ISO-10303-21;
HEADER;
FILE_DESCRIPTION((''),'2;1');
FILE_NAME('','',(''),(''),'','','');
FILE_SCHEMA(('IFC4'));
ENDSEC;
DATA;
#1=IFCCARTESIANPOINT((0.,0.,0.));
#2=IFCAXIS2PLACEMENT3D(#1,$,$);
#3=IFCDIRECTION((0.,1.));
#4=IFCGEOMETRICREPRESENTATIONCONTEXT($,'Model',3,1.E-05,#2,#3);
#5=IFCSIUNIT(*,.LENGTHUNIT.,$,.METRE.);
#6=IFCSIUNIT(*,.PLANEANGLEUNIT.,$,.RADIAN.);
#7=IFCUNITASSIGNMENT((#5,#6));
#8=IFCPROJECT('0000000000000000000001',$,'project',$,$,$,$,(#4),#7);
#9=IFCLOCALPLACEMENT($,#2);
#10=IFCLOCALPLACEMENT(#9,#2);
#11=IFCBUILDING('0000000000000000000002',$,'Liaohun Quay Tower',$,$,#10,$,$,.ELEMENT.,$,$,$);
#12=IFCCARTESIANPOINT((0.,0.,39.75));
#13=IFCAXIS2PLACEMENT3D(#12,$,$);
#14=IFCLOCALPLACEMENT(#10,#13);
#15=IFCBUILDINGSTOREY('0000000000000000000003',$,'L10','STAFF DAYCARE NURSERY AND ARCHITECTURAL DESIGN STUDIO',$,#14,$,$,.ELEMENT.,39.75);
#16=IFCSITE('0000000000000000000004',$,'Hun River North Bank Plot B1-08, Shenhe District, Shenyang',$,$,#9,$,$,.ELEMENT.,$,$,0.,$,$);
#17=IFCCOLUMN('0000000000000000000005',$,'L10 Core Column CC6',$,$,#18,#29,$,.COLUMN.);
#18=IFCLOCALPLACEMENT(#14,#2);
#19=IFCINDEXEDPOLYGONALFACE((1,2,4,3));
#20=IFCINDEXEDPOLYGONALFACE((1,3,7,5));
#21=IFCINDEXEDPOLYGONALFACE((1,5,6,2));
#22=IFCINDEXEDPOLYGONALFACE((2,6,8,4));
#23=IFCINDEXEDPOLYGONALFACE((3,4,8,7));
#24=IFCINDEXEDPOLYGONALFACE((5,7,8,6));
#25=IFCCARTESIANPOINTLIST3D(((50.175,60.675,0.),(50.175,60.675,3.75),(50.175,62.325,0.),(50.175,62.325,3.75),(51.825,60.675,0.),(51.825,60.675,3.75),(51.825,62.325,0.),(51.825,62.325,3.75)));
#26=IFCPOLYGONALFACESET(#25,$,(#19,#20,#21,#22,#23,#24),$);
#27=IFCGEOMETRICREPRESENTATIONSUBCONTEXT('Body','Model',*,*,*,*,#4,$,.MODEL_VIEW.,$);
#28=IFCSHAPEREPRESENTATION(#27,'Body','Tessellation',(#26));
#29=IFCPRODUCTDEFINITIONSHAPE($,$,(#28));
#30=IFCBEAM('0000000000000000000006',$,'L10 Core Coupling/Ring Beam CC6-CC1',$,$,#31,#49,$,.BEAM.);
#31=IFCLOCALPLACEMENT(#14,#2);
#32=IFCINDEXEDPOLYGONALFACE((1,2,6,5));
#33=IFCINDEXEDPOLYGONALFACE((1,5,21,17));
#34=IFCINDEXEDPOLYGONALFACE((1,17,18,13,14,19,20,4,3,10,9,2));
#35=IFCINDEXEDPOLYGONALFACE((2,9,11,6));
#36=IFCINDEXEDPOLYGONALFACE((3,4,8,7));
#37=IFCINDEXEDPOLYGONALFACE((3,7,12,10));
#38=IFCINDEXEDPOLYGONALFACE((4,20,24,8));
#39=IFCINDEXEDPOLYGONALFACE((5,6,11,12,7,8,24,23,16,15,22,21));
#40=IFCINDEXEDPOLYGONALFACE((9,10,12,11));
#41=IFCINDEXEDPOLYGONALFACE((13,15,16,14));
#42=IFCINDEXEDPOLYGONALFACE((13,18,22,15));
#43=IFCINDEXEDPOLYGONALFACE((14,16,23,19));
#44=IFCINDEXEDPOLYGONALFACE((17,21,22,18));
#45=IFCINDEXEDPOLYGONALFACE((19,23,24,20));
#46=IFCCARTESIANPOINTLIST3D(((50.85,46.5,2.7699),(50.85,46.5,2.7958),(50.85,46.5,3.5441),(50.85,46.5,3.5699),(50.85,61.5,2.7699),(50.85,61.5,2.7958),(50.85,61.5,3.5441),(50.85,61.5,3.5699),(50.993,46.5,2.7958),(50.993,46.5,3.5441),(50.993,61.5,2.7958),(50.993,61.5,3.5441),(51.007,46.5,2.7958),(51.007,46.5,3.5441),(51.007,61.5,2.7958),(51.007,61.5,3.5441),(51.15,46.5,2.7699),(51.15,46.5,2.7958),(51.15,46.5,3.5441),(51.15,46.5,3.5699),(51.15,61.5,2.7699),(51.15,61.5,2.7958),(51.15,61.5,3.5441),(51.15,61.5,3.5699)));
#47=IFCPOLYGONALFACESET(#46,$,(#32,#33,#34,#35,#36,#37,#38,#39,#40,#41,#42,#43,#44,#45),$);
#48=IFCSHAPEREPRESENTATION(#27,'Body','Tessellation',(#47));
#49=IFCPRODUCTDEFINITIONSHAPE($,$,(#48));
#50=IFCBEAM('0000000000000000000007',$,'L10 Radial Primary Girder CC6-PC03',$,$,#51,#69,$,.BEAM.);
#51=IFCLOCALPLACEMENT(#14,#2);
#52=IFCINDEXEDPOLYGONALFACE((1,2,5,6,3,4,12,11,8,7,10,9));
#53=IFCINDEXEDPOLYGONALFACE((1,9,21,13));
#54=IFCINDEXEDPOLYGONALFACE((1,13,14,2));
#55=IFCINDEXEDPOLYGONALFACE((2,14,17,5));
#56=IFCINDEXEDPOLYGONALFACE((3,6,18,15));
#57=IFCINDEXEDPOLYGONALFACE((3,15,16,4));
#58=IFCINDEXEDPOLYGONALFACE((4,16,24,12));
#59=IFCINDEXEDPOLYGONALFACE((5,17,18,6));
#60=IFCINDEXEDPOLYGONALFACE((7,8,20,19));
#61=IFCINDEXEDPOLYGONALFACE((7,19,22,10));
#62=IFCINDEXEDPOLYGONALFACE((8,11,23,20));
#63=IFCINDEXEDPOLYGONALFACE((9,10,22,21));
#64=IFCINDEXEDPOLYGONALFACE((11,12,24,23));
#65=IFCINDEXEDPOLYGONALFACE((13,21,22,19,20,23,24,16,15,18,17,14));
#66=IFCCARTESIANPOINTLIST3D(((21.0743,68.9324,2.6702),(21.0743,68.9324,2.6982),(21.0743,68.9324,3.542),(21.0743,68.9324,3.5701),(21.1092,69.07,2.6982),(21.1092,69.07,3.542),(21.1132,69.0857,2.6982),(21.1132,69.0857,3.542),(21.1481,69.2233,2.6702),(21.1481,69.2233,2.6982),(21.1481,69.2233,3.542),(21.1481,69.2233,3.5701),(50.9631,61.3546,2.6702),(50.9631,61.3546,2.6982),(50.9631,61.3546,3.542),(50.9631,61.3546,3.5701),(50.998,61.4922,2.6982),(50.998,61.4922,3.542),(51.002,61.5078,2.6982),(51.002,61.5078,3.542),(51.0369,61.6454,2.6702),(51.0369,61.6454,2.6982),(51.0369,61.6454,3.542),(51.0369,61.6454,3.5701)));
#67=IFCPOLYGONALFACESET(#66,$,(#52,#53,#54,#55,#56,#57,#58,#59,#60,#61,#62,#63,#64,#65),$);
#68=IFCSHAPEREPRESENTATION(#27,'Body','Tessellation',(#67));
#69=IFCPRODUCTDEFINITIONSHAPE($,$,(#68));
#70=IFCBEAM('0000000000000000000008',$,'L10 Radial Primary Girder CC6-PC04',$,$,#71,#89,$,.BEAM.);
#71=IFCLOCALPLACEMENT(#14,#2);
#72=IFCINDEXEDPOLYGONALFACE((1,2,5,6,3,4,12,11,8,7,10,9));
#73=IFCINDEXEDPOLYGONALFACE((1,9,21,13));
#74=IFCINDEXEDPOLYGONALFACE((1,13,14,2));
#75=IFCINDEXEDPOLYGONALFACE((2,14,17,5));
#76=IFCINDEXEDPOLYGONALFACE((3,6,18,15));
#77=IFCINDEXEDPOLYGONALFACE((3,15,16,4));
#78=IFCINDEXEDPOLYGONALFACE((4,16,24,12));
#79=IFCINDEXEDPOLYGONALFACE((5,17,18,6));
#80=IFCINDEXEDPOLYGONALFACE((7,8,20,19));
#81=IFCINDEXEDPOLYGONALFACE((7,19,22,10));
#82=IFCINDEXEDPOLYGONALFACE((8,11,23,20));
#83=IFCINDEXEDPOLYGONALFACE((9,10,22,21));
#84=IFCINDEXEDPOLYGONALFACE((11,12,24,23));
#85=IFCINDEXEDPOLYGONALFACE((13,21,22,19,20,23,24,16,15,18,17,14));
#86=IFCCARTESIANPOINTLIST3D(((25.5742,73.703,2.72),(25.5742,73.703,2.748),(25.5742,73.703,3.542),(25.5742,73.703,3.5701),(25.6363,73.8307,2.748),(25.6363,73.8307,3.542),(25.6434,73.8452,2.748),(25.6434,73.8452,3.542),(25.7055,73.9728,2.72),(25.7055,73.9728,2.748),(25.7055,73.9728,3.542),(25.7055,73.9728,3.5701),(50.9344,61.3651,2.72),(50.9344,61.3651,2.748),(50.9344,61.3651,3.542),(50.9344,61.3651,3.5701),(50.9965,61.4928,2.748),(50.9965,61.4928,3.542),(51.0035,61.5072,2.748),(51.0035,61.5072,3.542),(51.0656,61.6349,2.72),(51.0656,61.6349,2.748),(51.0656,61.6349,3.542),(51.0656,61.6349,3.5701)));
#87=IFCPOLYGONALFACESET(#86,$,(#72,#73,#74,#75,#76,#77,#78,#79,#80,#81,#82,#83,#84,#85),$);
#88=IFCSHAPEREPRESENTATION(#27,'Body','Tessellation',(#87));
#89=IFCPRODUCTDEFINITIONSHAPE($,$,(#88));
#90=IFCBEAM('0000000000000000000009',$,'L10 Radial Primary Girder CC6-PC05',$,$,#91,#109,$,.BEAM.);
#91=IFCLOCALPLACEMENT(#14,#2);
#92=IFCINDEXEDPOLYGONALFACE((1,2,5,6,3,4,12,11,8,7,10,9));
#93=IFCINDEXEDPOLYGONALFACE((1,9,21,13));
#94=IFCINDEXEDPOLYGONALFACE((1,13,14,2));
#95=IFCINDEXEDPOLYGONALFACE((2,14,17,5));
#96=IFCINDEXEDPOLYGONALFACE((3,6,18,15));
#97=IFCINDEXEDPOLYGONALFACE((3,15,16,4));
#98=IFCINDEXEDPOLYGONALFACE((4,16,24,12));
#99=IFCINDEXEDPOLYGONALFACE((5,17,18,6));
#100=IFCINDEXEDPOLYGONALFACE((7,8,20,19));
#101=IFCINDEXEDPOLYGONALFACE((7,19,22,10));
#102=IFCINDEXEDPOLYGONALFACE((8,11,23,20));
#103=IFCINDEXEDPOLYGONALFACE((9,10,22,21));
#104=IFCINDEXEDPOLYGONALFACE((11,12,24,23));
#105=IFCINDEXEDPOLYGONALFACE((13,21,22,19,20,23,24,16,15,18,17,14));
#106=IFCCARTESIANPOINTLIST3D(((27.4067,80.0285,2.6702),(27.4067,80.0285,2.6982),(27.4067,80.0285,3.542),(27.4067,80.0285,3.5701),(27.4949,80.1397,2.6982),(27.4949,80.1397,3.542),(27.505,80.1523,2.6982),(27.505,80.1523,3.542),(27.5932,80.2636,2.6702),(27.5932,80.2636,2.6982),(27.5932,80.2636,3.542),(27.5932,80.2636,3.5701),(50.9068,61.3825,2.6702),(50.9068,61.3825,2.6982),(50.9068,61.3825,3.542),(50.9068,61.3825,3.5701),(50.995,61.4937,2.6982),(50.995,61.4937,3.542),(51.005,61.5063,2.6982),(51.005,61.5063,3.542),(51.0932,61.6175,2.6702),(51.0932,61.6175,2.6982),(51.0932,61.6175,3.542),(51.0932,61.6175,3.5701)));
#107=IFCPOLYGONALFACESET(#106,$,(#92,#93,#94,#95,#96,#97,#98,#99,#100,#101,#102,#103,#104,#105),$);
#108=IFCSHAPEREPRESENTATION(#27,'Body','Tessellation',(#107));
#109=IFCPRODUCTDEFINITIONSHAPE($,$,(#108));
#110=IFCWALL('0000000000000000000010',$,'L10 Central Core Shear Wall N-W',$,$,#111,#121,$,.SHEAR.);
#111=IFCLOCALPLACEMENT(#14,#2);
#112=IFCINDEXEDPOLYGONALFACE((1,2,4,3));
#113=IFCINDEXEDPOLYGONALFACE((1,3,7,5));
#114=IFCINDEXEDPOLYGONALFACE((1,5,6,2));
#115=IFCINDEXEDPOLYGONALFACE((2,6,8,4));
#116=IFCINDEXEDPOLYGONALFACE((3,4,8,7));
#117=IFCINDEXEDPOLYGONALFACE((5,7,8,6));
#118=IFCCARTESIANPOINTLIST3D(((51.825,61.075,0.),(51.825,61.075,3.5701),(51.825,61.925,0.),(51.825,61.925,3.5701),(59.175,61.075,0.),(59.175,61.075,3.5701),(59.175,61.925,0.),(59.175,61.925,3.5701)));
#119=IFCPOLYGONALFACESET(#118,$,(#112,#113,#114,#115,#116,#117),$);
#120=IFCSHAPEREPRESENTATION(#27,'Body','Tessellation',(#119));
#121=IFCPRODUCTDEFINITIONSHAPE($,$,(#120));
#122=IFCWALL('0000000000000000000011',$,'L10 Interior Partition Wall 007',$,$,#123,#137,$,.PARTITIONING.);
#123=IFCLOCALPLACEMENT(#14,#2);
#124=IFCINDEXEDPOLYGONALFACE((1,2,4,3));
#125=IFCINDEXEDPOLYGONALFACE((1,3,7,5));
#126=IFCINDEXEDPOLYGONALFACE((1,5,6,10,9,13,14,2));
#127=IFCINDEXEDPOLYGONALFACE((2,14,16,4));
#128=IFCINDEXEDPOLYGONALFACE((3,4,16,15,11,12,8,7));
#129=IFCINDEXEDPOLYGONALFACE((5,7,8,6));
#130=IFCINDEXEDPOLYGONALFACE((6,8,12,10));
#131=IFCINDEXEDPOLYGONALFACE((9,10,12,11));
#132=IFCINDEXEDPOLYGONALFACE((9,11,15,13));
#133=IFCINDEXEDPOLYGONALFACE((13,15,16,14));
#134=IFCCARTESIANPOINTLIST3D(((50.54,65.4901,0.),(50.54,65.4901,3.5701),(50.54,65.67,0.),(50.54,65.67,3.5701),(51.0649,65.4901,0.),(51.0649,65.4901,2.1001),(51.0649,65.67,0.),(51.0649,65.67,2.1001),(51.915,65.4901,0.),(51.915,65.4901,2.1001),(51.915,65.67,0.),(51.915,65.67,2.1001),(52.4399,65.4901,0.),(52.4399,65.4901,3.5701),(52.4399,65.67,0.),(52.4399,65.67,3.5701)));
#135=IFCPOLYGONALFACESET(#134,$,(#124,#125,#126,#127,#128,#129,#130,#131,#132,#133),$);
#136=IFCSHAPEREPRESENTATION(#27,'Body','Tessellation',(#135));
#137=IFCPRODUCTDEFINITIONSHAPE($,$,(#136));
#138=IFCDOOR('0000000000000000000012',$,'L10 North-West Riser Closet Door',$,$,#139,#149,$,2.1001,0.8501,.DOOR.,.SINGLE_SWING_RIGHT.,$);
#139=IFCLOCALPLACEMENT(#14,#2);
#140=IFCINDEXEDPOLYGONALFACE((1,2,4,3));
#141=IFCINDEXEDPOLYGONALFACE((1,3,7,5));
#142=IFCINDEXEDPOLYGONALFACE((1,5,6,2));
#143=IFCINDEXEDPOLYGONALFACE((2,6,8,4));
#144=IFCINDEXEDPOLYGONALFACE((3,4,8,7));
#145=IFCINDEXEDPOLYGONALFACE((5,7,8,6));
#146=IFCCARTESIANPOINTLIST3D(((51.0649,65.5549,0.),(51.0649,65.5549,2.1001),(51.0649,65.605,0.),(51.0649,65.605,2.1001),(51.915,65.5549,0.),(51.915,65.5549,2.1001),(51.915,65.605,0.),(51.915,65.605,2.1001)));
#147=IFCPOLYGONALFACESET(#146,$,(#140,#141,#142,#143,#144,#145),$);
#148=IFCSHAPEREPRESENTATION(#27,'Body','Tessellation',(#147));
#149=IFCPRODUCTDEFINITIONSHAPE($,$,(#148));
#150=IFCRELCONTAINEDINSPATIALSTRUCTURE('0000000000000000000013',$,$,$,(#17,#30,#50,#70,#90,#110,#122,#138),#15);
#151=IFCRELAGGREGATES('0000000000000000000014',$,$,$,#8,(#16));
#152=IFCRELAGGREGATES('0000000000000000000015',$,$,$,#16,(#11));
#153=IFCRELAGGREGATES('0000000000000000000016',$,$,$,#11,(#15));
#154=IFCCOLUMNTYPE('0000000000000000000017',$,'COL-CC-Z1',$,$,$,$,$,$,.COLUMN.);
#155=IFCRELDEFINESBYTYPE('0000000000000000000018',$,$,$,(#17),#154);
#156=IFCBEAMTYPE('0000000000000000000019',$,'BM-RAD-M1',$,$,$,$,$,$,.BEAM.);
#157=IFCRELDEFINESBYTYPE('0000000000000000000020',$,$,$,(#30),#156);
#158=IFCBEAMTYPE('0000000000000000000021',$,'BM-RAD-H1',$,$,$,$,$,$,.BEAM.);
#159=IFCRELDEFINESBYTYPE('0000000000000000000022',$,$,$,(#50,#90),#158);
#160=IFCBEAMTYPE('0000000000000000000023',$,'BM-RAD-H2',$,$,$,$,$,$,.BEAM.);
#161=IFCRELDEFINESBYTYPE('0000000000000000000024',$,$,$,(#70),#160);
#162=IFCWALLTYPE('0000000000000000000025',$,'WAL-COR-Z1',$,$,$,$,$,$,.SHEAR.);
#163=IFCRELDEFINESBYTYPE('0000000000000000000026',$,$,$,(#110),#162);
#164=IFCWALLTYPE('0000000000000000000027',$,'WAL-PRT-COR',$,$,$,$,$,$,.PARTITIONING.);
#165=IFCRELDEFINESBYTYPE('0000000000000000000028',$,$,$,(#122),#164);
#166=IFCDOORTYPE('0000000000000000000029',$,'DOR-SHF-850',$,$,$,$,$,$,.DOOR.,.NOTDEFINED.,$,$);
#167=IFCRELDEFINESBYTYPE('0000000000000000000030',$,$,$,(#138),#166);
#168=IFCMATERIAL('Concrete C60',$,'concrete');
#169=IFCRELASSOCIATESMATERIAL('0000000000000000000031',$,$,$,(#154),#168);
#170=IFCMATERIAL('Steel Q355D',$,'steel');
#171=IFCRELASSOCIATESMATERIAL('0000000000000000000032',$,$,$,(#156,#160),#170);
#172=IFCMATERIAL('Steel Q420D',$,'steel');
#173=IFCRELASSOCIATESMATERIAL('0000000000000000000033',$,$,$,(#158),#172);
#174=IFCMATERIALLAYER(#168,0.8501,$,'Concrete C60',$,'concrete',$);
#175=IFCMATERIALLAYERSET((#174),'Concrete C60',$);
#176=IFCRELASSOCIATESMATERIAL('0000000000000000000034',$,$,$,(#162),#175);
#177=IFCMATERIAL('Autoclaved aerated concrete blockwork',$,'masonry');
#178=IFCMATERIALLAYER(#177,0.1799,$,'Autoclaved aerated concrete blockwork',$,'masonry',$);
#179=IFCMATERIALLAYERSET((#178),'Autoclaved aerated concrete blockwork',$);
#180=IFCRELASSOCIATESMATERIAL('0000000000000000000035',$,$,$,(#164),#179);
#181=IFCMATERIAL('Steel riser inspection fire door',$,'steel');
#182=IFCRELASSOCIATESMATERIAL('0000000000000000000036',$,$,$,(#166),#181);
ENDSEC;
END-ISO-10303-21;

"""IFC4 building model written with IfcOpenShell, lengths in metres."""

from ifc_helpers import new_model, si_unit, direction, frame, frame_2d, origin, origin_2d, place, context, subcontext, project, spatial, rectangle, i_section, extrude, source, transform, mapped, material, layer, layer_set, material_profile, profile_set, type_object, element, fill, save


model = new_model("IFC4")

# Units and contexts
model_context = context("Model", 3, precision=1e-05, world=origin(), true_north=direction((0.0, 1.0)))
body_context = subcontext(model_context, "Body", "Model", "MODEL_VIEW")
ifc_project = project(units=[si_unit("LENGTHUNIT", "METRE"), si_unit("PLANEANGLEUNIT", "RADIAN")], contexts=[model_context])

# Site, building, storey
site_placement = place(None, origin())
site = spatial("IfcSite", under=ifc_project, at=site_placement, Name="Hun River North Bank Plot B1-08, Shenhe District, Shenyang", CompositionType="ELEMENT", RefElevation=0.0)
building_placement = place(site_placement, origin())
building = spatial("IfcBuilding", under=site, at=building_placement, Name="Liaohun Quay Tower", CompositionType="ELEMENT")
storey_placement = place(building_placement, frame((0.0, 0.0, 39.75)))
storey = spatial("IfcBuildingStorey", under=building, at=storey_placement, Name="L10", Description="STAFF DAYCARE NURSERY AND ARCHITECTURAL DESIGN STUDIO", CompositionType="ELEMENT", Elevation=39.75)

# Column
ifc_material_1 = material(Name="Concrete C60", Category="concrete")
ifc_material_profile_1 = material_profile(ifc_material_1, rectangle(XDim=1.6499, YDim=1.6499, at=origin_2d()), Name="RC1650x1650")
ifc_profile_set_1 = profile_set([ifc_material_profile_1], Name="Concrete C60")
column_type = type_object("IfcColumnType", Name="COL-CC-Z1", PredefinedType="COLUMN", material=ifc_profile_set_1)
shared_shape_1 = source(origin(), body_context, "Body", "SweptSolid", [
    extrude(rectangle(XDim=1.6499, YDim=1.6499, at=origin_2d()), origin(), (0.0, 0.0, 1.0), 3.75),
])
column_placement = place(storey_placement, frame((51.0, 61.5, 0.0), z_axis=(0.0, 0.0, 1.0), x_axis=(1.0, 0.0, 0.0)))
element("IfcColumn", 1, at=column_placement, inside=storey, type_object=column_type, Name="L10 Core Column CC6", PredefinedType="COLUMN", context=body_context, shape_type="MappedRepresentation", body=[
    mapped(shared_shape_1, transform((0.0, 0.0, 0.0), x_axis=(1.0, 0.0, 0.0), y_axis=(0.0, 1.0, 0.0), z_axis=(0.0, 0.0, 1.0), scale=1.0)),
])

# Beams
ifc_material_2 = material(Name="Steel Q355D", Category="steel")
ifc_material_profile_2 = material_profile(ifc_material_2, i_section(OverallWidth=0.3, OverallDepth=0.8, WebThickness=0.0139, FlangeThickness=0.0259, at=origin_2d()), Name="HN800x300x14x26")
ifc_profile_set_2 = profile_set([ifc_material_profile_2], Name="Steel Q355D")
beam_type_1 = type_object("IfcBeamType", Name="BM-RAD-M1", PredefinedType="BEAM", material=ifc_profile_set_2)
shared_shape_2 = source(origin(), body_context, "Body", "SweptSolid", [
    extrude(i_section(OverallWidth=0.3, OverallDepth=0.8, WebThickness=0.0139, FlangeThickness=0.0259, at=origin_2d()), origin(), (0.0, 0.0, 1.0), 15.0),
])
beam_1_placement = place(storey_placement, frame((51.0, 61.5, 3.1699), z_axis=(0.0, -1.0, 0.0), x_axis=(1.0, 0.0, 0.0)))
element("IfcBeam", 2, at=beam_1_placement, inside=storey, type_object=beam_type_1, Name="L10 Core Coupling/Ring Beam CC6-CC1", PredefinedType="BEAM", context=body_context, shape_type="MappedRepresentation", body=[
    mapped(shared_shape_2, transform((0.0, 0.0, 0.0), x_axis=(1.0, 0.0, 0.0), y_axis=(0.0, 1.0, 0.0), z_axis=(0.0, 0.0, 1.0), scale=1.0)),
])
ifc_material_3 = material(Name="Steel Q420D", Category="steel")
ifc_material_profile_3 = material_profile(ifc_material_3, i_section(OverallWidth=0.3, OverallDepth=0.8999, WebThickness=0.0161, FlangeThickness=0.0281, at=origin_2d()), Name="HN900x300x16x28")
ifc_profile_set_3 = profile_set([ifc_material_profile_3], Name="Steel Q420D")
beam_type_2 = type_object("IfcBeamType", Name="BM-RAD-H1", PredefinedType="BEAM", material=ifc_profile_set_3)
shared_shape_3 = source(origin(), body_context, "Body", "SweptSolid", [
    extrude(i_section(OverallWidth=0.3, OverallDepth=0.8999, WebThickness=0.0161, FlangeThickness=0.0281, at=origin_2d()), origin(), (0.0, 0.0, 1.0), 30.8345),
])
beam_2_placement = place(storey_placement, frame((51.0, 61.5, 3.1201), z_axis=(-0.969331, 0.245759, 0.0), x_axis=(-0.245759, -0.969331, 0.0)))
element("IfcBeam", 3, at=beam_2_placement, inside=storey, type_object=beam_type_2, Name="L10 Radial Primary Girder CC6-PC03", PredefinedType="BEAM", context=body_context, shape_type="MappedRepresentation", body=[
    mapped(shared_shape_3, transform((0.0, 0.0, 0.0), x_axis=(1.0, 0.0, 0.0), y_axis=(0.0, 1.0, 0.0), z_axis=(0.0, 0.0, 1.0), scale=1.0)),
])
ifc_material_profile_4 = material_profile(ifc_material_2, i_section(OverallWidth=0.3, OverallDepth=0.8501, WebThickness=0.0161, FlangeThickness=0.0281, at=origin_2d()), Name="HN850x300x16x28")
ifc_profile_set_4 = profile_set([ifc_material_profile_4], Name="Steel Q355D")
beam_type_3 = type_object("IfcBeamType", Name="BM-RAD-H2", PredefinedType="BEAM", material=ifc_profile_set_4)
shared_shape_4 = source(origin(), body_context, "Body", "SweptSolid", [
    extrude(i_section(OverallWidth=0.3, OverallDepth=0.8501, WebThickness=0.0161, FlangeThickness=0.0281, at=origin_2d()), origin(), (0.0, 0.0, 1.0), 28.2021),
])
beam_3_placement = place(storey_placement, frame((51.0, 61.5, 3.145), z_axis=(-0.899228, 0.437481, 0.0), x_axis=(-0.437481, -0.899228, 0.0)))
element("IfcBeam", 4, at=beam_3_placement, inside=storey, type_object=beam_type_3, Name="L10 Radial Primary Girder CC6-PC04", PredefinedType="BEAM", context=body_context, shape_type="MappedRepresentation", body=[
    mapped(shared_shape_4, transform((0.0, 0.0, 0.0), x_axis=(1.0, 0.0, 0.0), y_axis=(0.0, 1.0, 0.0), z_axis=(0.0, 0.0, 1.0), scale=1.0)),
])
shared_shape_5 = source(origin(), body_context, "Body", "SweptSolid", [
    extrude(i_section(OverallWidth=0.3, OverallDepth=0.8999, WebThickness=0.0161, FlangeThickness=0.0281, at=origin_2d()), origin(), (0.0, 0.0, 1.0), 29.9988),
])
beam_4_placement = place(storey_placement, frame((51.0, 61.5, 3.1201), z_axis=(-0.783367, 0.62156, 0.0), x_axis=(-0.62156, -0.783367, 0.0)))
element("IfcBeam", 5, at=beam_4_placement, inside=storey, type_object=beam_type_2, Name="L10 Radial Primary Girder CC6-PC05", PredefinedType="BEAM", context=body_context, shape_type="MappedRepresentation", body=[
    mapped(shared_shape_5, transform((0.0, 0.0, 0.0), x_axis=(1.0, 0.0, 0.0), y_axis=(0.0, 1.0, 0.0), z_axis=(0.0, 0.0, 1.0), scale=1.0)),
])

# Wall
ifc_layer_1 = layer(ifc_material_1, 0.8501, Name="Concrete C60", Category="concrete")
ifc_layer_set_1 = layer_set([ifc_layer_1], Name="Concrete C60")
wall_type_1 = type_object("IfcWallType", Name="WAL-COR-Z1", PredefinedType="SHEAR", material=ifc_layer_set_1)
wall_1_placement = place(storey_placement, frame((51.825, 61.5, 0.0), z_axis=(0.0, 0.0, 1.0), x_axis=(1.0, 0.0, 0.0)))
element("IfcWall", 6, at=wall_1_placement, inside=storey, type_object=wall_type_1, Name="L10 Central Core Shear Wall N-W", PredefinedType="SHEAR", context=body_context, shape_type="SweptSolid", body=[
    extrude(rectangle(XDim=7.3501, YDim=0.8501, at=frame_2d((3.675, 0.0))), origin(), (0.0, 0.0, 1.0), 3.5701),
])

# Wall, opening, door
ifc_material_4 = material(Name="Autoclaved aerated concrete blockwork", Category="masonry")
ifc_layer_2 = layer(ifc_material_4, 0.1799, Name="Autoclaved aerated concrete blockwork", Category="masonry")
ifc_layer_set_2 = layer_set([ifc_layer_2], Name="Autoclaved aerated concrete blockwork")
wall_type_2 = type_object("IfcWallType", Name="WAL-PRT-COR", PredefinedType="PARTITIONING", material=ifc_layer_set_2)
wall_2_placement = place(storey_placement, frame((50.54, 65.5801, 0.0), z_axis=(0.0, 0.0, 1.0), x_axis=(1.0, 0.0, 0.0)))
wall_2 = element("IfcWall", 7, at=wall_2_placement, inside=storey, type_object=wall_type_2, Name="L10 Interior Partition Wall 007", PredefinedType="PARTITIONING", context=body_context, shape_type="SweptSolid", body=[
    extrude(rectangle(XDim=1.8999, YDim=0.1799, at=frame_2d((0.95, 0.0))), origin(), (0.0, 0.0, 1.0), 3.5701),
])
shared_shape_6 = source(origin(), body_context, "Body", "SweptSolid", [
    extrude(rectangle(XDim=0.8501, YDim=2.1001, at=frame_2d((0.425, 1.05))), frame((0.0, 0.0999, 0.0), z_axis=(0.0, -1.0, 0.0), x_axis=(1.0, 0.0, 0.0)), (0.0, 0.0, 1.0), 0.2),
])
opening_1_placement = place(wall_2_placement, frame((0.5249, 0.0, 0.0)))
opening_1 = element("IfcOpeningElement", 8, at=opening_1_placement, cuts=wall_2, PredefinedType="OPENING", context=body_context, shape_type="MappedRepresentation", body=[
    mapped(shared_shape_6, transform((0.0, 0.0, 0.0), x_axis=(1.0, 0.0, 0.0), y_axis=(0.0, 1.0, 0.0), z_axis=(0.0, 0.0, 1.0), scale=1.0)),
])
ifc_material_5 = material(Name="Steel riser inspection fire door", Category="steel")
door_type_1 = type_object("IfcDoorType", Name="DOR-SHF-850", OperationType="NOTDEFINED", PredefinedType="DOOR", material=ifc_material_5)
shared_shape_7 = source(origin(), body_context, "Body", "SweptSolid", [
    extrude(rectangle(XDim=0.8501, YDim=2.1001, at=frame_2d((0.425, 1.05))), frame((0.0, 0.0249, 0.0), z_axis=(0.0, -1.0, 0.0), x_axis=(1.0, 0.0, 0.0)), (0.0, 0.0, 1.0), 0.05),
])
door_1_placement = place(opening_1_placement, origin())
door_1 = element("IfcDoor", 9, at=door_1_placement, inside=storey, type_object=door_type_1, Name="L10 North-West Riser Closet Door", OperationType="SINGLE_SWING_RIGHT", OverallHeight=2.1001, OverallWidth=0.8501, PredefinedType="DOOR", context=body_context, shape_type="MappedRepresentation", body=[
    mapped(shared_shape_7, transform((0.0, 0.0, 0.0), x_axis=(1.0, 0.0, 0.0), y_axis=(0.0, 1.0, 0.0), z_axis=(0.0, 0.0, 1.0), scale=1.0)),
])
fill(opening_1, door_1)

save(model, "model.ifc")
